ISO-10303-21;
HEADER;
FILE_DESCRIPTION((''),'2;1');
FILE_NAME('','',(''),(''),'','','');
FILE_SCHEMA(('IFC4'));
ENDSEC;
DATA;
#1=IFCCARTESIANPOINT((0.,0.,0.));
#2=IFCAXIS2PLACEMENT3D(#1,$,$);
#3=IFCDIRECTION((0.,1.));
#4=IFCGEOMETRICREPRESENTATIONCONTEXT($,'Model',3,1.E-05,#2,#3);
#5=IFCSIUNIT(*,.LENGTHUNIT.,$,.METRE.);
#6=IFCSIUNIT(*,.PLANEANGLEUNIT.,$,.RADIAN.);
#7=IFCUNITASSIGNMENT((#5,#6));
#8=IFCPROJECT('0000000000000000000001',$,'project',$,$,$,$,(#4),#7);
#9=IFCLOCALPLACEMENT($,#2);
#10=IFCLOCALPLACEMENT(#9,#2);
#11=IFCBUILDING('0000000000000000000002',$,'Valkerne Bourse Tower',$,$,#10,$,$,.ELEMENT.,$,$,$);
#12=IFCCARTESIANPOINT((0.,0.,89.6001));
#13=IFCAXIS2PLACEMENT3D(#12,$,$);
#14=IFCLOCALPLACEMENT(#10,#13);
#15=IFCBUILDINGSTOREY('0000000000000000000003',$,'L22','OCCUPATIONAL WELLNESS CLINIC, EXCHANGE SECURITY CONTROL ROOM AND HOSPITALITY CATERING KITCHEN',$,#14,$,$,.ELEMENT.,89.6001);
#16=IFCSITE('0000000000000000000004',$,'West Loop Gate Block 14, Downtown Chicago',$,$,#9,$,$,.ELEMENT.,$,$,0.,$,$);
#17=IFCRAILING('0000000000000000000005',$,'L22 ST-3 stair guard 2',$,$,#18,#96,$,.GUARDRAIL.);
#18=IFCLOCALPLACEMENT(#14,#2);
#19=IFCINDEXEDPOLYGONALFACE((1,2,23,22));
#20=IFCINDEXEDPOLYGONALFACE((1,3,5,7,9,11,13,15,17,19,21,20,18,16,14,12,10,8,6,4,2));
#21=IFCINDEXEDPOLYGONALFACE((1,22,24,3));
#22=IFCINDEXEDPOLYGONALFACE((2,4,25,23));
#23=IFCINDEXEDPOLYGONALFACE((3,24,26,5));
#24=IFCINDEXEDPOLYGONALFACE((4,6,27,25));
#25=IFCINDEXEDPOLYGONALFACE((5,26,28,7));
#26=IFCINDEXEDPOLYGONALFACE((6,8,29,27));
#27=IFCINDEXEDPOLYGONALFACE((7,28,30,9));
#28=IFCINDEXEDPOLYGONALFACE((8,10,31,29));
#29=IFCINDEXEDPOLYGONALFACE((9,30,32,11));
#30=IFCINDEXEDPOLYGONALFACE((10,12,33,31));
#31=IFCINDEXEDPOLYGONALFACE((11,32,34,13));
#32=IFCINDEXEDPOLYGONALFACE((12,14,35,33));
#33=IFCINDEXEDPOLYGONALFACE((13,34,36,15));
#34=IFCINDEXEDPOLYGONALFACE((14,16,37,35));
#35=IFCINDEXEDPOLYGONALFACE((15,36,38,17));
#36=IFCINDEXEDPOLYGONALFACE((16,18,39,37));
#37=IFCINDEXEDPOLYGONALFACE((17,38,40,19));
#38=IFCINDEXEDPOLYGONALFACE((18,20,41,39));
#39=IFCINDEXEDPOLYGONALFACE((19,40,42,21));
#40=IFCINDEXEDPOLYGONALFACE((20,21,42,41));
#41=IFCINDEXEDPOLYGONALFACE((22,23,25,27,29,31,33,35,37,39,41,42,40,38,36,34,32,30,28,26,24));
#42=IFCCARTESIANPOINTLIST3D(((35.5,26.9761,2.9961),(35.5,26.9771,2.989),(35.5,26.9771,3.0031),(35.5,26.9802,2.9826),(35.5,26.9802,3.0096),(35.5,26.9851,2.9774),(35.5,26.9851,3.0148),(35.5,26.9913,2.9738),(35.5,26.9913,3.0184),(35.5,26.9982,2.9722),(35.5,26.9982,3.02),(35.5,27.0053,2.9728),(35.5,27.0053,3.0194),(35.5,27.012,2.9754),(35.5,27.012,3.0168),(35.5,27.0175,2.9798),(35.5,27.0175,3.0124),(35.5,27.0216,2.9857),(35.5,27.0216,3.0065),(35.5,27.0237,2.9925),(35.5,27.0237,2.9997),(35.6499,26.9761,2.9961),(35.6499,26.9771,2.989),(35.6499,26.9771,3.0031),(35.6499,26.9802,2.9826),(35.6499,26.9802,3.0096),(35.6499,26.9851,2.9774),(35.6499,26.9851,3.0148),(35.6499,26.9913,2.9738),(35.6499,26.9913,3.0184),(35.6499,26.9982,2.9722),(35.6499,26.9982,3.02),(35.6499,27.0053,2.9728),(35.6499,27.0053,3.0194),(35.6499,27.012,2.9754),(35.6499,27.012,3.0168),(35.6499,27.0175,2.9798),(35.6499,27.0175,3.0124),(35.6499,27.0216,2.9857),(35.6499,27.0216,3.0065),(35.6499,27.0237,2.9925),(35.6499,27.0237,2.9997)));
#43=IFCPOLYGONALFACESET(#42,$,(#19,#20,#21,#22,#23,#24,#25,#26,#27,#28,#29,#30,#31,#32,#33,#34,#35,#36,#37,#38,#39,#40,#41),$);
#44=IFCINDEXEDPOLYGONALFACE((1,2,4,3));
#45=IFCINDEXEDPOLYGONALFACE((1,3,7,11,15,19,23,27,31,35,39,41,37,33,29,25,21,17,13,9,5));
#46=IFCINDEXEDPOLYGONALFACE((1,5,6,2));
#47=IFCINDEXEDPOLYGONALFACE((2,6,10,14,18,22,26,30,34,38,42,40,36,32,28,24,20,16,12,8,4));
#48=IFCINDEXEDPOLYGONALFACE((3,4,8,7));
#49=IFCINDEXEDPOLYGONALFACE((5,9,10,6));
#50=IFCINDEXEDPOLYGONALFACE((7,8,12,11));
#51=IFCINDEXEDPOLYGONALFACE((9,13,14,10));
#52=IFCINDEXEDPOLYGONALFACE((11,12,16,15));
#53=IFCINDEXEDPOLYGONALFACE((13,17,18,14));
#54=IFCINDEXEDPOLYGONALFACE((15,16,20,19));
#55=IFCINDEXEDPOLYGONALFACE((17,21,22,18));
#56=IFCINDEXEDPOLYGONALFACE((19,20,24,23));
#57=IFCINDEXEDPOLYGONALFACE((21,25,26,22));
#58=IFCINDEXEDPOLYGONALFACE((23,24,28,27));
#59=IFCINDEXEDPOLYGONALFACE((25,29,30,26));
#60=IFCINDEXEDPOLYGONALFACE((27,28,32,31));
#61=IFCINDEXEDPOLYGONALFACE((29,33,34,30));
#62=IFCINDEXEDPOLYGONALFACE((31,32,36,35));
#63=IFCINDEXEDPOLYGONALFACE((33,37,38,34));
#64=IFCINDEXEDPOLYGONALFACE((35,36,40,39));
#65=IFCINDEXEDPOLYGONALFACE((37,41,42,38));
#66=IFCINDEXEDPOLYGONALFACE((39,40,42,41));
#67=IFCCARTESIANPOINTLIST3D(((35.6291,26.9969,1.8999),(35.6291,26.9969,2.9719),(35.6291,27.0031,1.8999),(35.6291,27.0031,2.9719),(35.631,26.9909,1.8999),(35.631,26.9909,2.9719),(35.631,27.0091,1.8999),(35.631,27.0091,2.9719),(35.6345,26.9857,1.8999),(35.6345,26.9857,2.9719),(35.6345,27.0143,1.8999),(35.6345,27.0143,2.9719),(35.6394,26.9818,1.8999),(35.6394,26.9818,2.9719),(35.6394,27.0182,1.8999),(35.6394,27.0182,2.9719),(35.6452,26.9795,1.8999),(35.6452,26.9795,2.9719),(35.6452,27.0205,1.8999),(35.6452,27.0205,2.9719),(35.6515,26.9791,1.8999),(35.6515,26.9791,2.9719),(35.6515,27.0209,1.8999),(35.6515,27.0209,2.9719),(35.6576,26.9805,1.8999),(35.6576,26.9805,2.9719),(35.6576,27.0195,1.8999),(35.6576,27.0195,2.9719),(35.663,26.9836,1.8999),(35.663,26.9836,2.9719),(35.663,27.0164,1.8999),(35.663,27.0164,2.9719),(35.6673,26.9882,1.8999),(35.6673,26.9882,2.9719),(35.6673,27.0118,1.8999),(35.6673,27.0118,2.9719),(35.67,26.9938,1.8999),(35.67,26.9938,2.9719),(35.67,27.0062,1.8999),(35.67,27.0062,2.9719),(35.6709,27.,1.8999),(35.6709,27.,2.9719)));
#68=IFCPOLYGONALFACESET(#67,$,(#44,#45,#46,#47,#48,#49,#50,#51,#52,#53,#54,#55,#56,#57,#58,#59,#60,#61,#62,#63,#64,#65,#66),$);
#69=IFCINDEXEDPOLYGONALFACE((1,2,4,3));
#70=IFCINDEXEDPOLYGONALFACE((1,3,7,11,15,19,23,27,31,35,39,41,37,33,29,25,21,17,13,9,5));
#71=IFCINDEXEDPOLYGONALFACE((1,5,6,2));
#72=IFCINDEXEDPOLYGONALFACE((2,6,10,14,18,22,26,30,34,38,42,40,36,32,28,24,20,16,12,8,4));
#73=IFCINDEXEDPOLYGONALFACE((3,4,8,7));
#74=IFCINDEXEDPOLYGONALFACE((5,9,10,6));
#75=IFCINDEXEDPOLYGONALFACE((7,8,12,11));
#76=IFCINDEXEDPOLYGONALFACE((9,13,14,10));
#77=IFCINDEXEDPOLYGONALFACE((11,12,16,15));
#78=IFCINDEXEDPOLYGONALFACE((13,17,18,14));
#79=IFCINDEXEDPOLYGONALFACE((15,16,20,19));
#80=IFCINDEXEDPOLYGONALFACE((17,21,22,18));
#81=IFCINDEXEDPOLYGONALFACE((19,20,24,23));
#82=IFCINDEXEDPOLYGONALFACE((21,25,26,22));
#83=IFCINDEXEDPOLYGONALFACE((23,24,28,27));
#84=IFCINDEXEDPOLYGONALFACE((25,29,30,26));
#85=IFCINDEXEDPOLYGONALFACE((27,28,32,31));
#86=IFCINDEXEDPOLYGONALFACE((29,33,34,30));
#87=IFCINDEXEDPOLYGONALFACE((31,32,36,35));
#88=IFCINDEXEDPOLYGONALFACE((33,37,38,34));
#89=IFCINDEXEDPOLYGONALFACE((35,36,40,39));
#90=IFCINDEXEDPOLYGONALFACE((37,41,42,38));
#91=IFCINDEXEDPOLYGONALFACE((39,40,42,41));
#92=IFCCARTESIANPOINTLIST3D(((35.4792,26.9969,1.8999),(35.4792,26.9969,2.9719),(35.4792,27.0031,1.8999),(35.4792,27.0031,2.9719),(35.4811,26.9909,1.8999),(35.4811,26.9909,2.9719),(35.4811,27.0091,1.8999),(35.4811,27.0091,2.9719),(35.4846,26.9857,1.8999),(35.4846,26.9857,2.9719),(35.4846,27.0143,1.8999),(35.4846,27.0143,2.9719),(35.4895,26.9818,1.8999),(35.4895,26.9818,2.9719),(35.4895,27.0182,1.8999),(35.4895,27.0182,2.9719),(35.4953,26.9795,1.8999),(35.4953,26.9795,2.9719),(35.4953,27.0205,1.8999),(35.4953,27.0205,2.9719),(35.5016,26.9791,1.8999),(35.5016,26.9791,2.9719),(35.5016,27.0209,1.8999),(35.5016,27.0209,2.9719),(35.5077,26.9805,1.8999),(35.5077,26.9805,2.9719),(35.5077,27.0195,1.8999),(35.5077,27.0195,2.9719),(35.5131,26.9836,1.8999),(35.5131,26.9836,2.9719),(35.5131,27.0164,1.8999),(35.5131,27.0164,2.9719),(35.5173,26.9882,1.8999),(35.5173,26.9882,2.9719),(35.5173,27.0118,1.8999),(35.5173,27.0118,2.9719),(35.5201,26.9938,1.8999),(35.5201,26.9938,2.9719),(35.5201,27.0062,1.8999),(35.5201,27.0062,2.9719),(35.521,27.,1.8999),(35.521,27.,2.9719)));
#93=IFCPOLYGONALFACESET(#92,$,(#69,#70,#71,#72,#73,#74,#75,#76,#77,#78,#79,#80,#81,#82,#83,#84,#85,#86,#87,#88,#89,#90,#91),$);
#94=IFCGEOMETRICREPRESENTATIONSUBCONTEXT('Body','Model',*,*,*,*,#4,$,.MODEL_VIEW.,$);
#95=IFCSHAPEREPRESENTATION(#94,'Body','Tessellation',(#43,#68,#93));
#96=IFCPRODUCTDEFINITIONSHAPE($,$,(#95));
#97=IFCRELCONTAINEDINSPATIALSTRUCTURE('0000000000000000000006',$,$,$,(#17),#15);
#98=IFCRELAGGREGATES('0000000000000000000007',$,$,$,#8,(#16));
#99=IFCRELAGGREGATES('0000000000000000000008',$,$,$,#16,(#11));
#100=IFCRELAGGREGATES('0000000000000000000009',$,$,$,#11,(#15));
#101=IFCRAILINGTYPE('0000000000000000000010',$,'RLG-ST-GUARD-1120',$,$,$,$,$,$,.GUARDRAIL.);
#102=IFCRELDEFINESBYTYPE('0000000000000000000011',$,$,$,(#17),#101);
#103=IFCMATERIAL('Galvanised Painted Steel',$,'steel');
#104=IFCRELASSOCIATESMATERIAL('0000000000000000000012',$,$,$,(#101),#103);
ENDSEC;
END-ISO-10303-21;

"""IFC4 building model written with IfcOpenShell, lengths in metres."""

from ifc_helpers import new_model, si_unit, direction, frame, origin, origin_2d, place, context, subcontext, project, spatial, circle, extrude, material, type_object, element, save


model = new_model("IFC4")

# Units and contexts
model_context = context("Model", 3, precision=1e-05, world=origin(), true_north=direction((0.0, 1.0)))
body_context = subcontext(model_context, "Body", "Model", "MODEL_VIEW")
ifc_project = project(units=[si_unit("LENGTHUNIT", "METRE"), si_unit("PLANEANGLEUNIT", "RADIAN")], contexts=[model_context])

# Site, building, storey
site_placement = place(None, origin())
site = spatial("IfcSite", under=ifc_project, at=site_placement, Name="West Loop Gate Block 14, Downtown Chicago", CompositionType="ELEMENT", RefElevation=0.0)
building_placement = place(site_placement, origin())
building = spatial("IfcBuilding", under=site, at=building_placement, Name="Valkerne Bourse Tower", CompositionType="ELEMENT")
storey_placement = place(building_placement, frame((0.0, 0.0, 89.6001)))
storey = spatial("IfcBuildingStorey", under=building, at=storey_placement, Name="L22", Description="OCCUPATIONAL WELLNESS CLINIC, EXCHANGE SECURITY CONTROL ROOM AND HOSPITALITY CATERING KITCHEN", CompositionType="ELEMENT", Elevation=89.6001)

# Shared definitions
ifc_material_1 = material(Name="Galvanised Painted Steel", Category="steel")

# Railing
railing_type_1 = type_object("IfcRailingType", Name="RLG-ST-GUARD-1120", PredefinedType="GUARDRAIL", material=ifc_material_1)
railing_1_placement = place(storey_placement, frame((35.6499, 27.0, 1.8999)))
element("IfcRailing", 1, at=railing_1_placement, inside=storey, type_object=railing_type_1, Name="L22 ST-3 stair guard 2", PredefinedType="GUARDRAIL", context=body_context, shape_type="SweptSolid", body=[
    extrude(circle(Radius=0.0239, at=origin_2d()), frame((0.0, 0.0, 1.0962), z_axis=(-1.0, 0.0, 0.0), x_axis=(0.0, -1.0, 0.0)), (0.0, 0.0, 1.0), 0.1499),
    extrude(circle(Radius=0.021, at=origin_2d()), origin(), (0.0, 0.0, 1.0), 1.072),
    extrude(circle(Radius=0.021, at=origin_2d()), frame((-0.1499, 0.0, 0.0)), (0.0, 0.0, 1.0), 1.072),
])

save(model, "model.ifc")
